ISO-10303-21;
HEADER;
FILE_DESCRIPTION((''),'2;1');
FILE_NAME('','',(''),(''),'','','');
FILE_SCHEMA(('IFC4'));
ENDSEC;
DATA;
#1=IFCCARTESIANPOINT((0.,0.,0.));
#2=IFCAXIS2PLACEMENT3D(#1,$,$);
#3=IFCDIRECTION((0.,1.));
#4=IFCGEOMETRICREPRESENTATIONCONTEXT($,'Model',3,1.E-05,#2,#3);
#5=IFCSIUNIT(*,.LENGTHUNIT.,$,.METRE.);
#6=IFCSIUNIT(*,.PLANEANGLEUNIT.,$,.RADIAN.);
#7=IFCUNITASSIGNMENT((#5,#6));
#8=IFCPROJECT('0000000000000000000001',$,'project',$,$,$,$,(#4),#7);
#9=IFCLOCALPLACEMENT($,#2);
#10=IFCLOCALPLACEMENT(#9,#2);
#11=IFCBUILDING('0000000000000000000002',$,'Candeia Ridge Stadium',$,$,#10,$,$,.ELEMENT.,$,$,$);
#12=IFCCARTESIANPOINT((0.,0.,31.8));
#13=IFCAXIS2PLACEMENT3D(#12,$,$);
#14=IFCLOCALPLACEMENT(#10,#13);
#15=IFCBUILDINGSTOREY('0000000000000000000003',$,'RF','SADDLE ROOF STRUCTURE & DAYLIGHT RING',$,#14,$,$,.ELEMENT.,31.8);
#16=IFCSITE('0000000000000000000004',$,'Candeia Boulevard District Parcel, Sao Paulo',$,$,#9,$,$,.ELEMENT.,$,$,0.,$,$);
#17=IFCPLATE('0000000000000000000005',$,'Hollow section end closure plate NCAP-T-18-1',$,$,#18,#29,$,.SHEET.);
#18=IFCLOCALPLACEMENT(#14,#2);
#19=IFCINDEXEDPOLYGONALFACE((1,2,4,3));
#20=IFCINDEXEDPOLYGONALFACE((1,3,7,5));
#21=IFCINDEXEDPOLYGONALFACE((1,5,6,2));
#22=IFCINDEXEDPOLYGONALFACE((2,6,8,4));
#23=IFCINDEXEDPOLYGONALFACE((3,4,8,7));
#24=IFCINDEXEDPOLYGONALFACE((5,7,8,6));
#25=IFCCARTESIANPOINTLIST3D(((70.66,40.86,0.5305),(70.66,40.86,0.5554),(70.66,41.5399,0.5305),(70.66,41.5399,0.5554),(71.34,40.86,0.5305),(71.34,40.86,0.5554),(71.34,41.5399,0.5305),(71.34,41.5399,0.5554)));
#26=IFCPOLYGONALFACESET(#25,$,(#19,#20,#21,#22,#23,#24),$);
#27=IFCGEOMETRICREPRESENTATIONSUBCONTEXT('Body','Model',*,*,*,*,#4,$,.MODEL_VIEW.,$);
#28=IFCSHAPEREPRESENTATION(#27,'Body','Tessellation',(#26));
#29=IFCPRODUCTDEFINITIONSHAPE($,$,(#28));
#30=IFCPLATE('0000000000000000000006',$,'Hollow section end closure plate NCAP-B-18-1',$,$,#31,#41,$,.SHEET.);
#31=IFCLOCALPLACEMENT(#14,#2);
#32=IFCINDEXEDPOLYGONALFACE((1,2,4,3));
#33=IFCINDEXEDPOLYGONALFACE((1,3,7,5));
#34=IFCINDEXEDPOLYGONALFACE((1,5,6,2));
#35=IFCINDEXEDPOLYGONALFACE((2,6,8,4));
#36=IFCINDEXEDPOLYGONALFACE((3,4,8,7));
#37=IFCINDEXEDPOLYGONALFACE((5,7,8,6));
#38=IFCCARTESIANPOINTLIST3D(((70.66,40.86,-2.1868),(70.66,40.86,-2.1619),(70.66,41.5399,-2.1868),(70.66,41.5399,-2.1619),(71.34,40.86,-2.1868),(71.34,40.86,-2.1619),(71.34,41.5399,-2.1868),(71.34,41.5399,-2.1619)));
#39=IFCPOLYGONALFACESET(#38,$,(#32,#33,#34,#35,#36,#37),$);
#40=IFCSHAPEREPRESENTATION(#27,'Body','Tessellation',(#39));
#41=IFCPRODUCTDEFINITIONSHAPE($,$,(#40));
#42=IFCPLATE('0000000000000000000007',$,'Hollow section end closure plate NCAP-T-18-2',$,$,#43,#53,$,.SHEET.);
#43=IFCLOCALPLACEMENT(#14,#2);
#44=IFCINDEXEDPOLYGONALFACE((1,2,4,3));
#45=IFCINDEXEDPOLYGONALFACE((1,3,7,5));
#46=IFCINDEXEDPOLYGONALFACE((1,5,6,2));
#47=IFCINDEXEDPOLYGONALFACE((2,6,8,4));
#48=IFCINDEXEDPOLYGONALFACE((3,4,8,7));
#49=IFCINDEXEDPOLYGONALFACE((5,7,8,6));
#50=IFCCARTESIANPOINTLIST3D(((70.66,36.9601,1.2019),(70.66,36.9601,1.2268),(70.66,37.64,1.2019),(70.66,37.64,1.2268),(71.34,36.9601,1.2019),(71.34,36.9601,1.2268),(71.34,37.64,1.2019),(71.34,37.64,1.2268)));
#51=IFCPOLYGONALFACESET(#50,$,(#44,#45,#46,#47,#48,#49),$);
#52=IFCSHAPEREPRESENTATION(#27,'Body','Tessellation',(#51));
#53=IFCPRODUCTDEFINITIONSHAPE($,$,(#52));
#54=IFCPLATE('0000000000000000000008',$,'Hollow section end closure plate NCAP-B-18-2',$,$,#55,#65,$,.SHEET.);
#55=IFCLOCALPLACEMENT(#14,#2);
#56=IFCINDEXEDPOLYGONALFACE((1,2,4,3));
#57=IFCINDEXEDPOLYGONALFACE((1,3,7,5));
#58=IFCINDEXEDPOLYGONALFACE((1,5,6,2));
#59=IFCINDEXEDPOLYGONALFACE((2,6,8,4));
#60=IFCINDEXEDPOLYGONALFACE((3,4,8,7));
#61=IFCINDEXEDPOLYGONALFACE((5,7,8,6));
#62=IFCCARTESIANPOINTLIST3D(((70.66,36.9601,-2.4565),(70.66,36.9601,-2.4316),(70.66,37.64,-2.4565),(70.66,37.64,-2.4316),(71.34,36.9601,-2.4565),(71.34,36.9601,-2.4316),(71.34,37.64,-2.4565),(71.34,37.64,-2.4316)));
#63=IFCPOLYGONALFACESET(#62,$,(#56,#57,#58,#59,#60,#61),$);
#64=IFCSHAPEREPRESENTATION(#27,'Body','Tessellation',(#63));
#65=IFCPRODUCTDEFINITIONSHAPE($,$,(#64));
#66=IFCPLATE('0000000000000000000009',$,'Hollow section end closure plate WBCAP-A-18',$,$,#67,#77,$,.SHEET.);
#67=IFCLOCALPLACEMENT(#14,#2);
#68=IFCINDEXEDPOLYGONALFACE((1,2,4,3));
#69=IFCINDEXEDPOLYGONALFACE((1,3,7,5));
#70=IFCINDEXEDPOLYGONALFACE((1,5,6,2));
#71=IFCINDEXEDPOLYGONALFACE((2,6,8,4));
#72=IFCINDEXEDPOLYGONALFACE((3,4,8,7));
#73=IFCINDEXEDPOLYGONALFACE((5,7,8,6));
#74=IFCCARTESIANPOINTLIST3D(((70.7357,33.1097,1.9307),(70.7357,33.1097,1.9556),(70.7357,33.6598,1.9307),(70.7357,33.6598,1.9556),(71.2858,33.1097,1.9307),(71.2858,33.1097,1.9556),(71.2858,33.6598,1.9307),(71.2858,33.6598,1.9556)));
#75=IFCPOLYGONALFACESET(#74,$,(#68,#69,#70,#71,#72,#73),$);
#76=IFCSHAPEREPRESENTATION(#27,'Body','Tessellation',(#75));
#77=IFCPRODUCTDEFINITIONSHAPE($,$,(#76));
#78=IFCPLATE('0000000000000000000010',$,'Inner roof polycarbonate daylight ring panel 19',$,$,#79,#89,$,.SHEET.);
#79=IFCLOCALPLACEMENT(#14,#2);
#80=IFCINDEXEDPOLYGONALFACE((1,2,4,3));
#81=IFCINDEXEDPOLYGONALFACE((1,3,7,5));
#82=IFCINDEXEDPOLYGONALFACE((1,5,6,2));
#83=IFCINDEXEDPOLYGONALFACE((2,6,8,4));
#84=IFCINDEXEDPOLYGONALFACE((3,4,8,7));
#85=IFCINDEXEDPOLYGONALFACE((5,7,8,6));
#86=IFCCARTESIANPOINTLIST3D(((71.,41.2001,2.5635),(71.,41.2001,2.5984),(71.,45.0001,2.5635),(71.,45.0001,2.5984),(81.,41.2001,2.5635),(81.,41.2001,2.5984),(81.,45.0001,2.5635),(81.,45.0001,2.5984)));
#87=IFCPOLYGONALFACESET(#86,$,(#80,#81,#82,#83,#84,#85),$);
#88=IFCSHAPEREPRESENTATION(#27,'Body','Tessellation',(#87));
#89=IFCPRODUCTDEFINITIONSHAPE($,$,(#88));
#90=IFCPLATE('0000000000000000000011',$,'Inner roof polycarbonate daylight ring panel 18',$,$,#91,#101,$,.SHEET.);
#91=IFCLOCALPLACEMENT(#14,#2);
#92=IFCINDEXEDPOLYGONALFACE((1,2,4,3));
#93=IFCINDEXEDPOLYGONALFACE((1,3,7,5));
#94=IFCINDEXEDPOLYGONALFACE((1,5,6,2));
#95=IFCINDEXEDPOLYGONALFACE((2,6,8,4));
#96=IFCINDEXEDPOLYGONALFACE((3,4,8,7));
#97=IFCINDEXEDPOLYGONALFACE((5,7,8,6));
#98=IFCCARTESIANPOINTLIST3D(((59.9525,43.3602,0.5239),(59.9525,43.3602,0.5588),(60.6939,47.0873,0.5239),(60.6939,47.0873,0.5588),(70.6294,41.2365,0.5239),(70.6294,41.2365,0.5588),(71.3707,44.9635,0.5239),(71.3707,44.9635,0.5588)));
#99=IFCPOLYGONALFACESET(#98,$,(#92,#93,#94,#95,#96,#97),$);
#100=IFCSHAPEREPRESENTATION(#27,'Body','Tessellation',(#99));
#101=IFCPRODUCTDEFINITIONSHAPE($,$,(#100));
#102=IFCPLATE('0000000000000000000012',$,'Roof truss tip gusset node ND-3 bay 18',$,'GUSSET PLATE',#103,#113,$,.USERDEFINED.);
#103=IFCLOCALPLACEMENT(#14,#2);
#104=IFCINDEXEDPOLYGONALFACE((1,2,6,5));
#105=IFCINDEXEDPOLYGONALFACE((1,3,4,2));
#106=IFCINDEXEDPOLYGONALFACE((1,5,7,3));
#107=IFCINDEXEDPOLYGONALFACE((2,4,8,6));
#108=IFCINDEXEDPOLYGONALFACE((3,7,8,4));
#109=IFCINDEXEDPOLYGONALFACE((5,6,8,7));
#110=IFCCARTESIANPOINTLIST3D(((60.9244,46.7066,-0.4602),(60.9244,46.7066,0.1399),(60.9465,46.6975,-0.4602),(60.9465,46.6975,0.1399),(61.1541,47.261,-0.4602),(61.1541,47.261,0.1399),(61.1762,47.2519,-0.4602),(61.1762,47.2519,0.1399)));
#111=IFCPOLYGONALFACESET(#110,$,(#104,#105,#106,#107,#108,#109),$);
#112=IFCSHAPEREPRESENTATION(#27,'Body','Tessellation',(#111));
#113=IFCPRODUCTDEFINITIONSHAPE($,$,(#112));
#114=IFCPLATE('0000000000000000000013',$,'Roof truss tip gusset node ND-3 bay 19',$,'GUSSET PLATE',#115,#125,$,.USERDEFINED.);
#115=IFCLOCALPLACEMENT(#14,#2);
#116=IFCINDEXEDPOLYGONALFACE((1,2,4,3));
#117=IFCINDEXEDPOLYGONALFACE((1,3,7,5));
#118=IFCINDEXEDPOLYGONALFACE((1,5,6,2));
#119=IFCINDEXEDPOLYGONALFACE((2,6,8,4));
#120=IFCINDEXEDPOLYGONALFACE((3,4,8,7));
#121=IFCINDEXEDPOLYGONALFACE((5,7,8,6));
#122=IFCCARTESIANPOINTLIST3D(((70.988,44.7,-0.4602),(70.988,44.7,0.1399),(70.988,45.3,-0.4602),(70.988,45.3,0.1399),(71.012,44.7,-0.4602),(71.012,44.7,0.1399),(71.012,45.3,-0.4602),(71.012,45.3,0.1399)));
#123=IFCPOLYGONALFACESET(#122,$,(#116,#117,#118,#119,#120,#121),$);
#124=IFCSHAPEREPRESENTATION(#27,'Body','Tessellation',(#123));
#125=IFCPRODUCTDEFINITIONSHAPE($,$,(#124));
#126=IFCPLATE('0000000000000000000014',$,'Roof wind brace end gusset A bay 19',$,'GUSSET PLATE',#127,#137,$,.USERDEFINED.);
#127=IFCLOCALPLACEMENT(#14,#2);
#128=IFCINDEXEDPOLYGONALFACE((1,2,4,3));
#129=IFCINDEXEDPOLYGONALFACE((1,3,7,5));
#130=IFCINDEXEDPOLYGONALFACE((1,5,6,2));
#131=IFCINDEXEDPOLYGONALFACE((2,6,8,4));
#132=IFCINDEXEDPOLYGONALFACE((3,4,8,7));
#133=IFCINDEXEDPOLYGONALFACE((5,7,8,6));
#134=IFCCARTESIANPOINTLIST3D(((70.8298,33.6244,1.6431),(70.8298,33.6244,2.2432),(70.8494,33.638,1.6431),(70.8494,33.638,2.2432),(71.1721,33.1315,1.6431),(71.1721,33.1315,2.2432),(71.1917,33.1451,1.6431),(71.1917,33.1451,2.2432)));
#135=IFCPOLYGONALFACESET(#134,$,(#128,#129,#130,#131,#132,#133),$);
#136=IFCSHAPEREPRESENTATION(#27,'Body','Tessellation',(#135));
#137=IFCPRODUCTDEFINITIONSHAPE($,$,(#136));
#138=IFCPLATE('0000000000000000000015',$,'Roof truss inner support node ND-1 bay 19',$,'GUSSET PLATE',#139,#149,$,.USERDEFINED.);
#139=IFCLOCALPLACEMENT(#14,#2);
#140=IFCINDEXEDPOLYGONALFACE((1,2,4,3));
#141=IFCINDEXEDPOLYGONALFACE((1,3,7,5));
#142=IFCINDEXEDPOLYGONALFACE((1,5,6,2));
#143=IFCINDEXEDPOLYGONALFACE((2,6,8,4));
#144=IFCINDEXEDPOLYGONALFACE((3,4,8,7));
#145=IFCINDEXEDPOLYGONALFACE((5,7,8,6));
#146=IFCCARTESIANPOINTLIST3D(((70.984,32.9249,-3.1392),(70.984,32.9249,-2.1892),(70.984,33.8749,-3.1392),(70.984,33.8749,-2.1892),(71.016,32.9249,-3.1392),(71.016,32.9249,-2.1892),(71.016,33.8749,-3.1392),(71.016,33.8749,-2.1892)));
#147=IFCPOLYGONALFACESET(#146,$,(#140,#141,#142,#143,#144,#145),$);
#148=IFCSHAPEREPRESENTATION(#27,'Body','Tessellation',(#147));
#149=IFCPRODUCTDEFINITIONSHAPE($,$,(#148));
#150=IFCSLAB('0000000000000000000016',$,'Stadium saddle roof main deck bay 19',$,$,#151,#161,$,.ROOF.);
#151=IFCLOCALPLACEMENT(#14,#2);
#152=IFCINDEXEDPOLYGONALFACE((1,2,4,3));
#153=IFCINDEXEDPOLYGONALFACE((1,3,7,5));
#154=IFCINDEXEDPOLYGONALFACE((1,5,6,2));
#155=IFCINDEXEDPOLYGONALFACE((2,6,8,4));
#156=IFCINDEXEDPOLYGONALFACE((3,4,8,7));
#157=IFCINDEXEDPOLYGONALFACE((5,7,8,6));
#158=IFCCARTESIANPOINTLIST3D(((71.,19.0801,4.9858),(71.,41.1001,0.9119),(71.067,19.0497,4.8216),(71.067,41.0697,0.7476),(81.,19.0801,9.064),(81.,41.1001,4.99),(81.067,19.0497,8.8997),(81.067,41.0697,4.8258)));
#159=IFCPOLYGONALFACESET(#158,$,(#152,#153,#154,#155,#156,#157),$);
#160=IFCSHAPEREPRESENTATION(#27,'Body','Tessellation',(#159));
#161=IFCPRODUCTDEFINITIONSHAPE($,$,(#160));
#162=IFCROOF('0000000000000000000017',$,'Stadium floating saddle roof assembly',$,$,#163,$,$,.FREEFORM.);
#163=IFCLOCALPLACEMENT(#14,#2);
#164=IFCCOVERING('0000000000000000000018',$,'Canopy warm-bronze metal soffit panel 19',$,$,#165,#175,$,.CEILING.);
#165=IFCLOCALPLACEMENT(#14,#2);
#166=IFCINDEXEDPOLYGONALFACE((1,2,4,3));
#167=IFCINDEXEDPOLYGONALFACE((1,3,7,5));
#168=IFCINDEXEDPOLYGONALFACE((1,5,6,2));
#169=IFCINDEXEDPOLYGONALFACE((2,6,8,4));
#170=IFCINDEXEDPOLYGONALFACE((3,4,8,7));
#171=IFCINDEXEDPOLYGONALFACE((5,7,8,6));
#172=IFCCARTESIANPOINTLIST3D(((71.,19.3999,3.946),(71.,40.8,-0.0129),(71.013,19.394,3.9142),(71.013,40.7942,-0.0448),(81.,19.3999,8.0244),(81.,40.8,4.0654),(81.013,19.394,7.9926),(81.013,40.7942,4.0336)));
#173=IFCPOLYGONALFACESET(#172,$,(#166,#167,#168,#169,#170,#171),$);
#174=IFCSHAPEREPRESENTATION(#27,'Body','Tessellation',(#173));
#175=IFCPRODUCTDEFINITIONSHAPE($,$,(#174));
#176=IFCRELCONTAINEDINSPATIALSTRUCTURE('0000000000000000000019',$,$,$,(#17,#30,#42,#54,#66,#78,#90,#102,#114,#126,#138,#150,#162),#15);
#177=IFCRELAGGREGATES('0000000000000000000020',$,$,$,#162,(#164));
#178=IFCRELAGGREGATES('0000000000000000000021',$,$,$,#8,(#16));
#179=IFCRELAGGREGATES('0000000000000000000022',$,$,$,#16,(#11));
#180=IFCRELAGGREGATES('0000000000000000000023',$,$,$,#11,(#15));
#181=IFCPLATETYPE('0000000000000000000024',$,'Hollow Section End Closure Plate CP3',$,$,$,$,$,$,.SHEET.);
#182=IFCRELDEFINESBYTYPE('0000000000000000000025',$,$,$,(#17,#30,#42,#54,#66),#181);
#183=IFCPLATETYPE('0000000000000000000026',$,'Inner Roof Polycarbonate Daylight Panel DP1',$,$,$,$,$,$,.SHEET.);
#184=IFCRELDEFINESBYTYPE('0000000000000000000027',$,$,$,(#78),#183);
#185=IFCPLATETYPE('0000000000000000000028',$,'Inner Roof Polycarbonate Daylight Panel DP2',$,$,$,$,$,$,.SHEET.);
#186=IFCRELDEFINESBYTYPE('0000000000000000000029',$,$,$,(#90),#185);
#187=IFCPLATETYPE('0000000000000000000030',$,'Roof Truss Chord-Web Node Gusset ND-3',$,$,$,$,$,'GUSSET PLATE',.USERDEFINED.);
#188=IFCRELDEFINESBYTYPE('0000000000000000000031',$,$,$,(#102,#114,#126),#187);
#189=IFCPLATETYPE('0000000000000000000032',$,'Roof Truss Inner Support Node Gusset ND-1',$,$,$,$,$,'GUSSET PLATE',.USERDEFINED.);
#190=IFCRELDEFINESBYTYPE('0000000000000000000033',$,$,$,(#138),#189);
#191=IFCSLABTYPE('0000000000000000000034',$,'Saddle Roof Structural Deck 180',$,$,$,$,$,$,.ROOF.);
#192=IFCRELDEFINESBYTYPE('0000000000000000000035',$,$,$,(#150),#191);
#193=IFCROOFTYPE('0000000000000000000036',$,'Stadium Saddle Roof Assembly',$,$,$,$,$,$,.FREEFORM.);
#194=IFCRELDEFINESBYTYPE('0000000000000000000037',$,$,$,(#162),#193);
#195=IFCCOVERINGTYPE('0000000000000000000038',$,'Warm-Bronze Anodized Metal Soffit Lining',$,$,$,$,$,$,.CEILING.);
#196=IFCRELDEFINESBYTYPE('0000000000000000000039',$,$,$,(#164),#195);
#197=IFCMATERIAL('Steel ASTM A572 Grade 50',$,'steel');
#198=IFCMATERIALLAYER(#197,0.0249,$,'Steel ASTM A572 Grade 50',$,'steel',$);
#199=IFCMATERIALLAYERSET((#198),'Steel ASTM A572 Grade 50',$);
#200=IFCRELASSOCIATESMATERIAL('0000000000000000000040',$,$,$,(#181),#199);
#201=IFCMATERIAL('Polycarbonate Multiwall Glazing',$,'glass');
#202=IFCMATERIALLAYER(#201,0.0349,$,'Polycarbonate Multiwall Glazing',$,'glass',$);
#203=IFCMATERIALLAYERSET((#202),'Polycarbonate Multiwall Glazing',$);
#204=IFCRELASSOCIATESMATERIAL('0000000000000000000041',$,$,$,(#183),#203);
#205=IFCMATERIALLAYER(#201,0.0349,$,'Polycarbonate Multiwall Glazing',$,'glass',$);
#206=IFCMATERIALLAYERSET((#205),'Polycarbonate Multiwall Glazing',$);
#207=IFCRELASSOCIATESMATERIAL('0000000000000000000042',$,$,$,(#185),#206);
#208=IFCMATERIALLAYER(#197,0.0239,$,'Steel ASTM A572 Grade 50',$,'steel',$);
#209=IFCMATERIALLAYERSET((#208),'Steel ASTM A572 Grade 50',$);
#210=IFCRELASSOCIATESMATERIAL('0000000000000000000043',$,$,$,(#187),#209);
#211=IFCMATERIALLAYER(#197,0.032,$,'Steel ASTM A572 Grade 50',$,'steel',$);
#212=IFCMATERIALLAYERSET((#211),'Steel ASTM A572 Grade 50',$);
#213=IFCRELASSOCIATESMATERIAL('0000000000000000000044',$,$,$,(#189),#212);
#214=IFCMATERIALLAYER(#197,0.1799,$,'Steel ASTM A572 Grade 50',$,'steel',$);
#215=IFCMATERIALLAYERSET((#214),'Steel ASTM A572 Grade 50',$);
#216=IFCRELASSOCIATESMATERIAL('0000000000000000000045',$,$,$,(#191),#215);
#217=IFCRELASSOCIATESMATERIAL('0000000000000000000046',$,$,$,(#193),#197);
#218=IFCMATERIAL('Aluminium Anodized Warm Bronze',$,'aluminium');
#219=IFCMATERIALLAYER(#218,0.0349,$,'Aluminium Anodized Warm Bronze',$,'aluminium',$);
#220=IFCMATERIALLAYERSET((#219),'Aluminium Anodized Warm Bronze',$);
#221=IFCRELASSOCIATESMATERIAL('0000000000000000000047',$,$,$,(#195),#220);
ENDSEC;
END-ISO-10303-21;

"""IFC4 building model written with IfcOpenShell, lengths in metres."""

from ifc_helpers import new_model, si_unit, direction, frame, origin, origin_2d, place, context, subcontext, project, spatial, polyline, rectangle, outline, extrude, material, layer, layer_set, type_object, element, aggregate, save


model = new_model("IFC4")

# Units and contexts
model_context = context("Model", 3, precision=1e-05, world=origin(), true_north=direction((0.0, 1.0)))
body_context = subcontext(model_context, "Body", "Model", "MODEL_VIEW")
ifc_project = project(units=[si_unit("LENGTHUNIT", "METRE"), si_unit("PLANEANGLEUNIT", "RADIAN")], contexts=[model_context])

# Site, building, storey
site_placement = place(None, origin())
site = spatial("IfcSite", under=ifc_project, at=site_placement, Name="Candeia Boulevard District Parcel, Sao Paulo", CompositionType="ELEMENT", RefElevation=0.0)
building_placement = place(site_placement, origin())
building = spatial("IfcBuilding", under=site, at=building_placement, Name="Candeia Ridge Stadium", CompositionType="ELEMENT")
storey_placement = place(building_placement, frame((0.0, 0.0, 31.8)))
storey = spatial("IfcBuildingStorey", under=building, at=storey_placement, Name="RF", Description="SADDLE ROOF STRUCTURE & DAYLIGHT RING", CompositionType="ELEMENT", Elevation=31.8)

# Shared definitions
ifc_material_1 = material(Name="Steel ASTM A572 Grade 50", Category="steel")

# Plates
ifc_layer_1 = layer(ifc_material_1, 0.0249, Name="Steel ASTM A572 Grade 50", Category="steel")
ifc_layer_set_1 = layer_set([ifc_layer_1], Name="Steel ASTM A572 Grade 50")
plate_type_1 = type_object("IfcPlateType", Name="Hollow Section End Closure Plate CP3", PredefinedType="SHEET", material=ifc_layer_set_1)
for number, where, z_axis, x_axis, name in (
    (1, (71.0, 41.2, 0.5305), (0.0, 0.0, 1.0), (1.0, 0.0, 0.0), "Hollow section end closure plate NCAP-T-18-1"),
    (2, (71.0, 41.2, -2.1868), (0.0, 0.0, 1.0), (1.0, 0.0, 0.0), "Hollow section end closure plate NCAP-B-18-1"),
    (3, (71.0, 37.3, 1.2019), (0.0, 0.0, 1.0), (1.0, 0.0, 0.0), "Hollow section end closure plate NCAP-T-18-2"),
    (4, (71.0, 37.3, -2.4565), (0.0, 0.0, 1.0), (1.0, 0.0, 0.0), "Hollow section end closure plate NCAP-B-18-2"),
):
    element("IfcPlate", number, at=place(storey_placement, frame(where, z_axis=z_axis, x_axis=x_axis)), inside=storey, type_object=plate_type_1, Name=name, PredefinedType="SHEET", context=body_context, shape_type="SweptSolid", body=[
        extrude(rectangle(XDim=0.6799, YDim=0.6799, at=origin_2d()), origin(), (0.0, 0.0, 1.0), 0.0249),
    ])
plate_1_placement = place(storey_placement, frame((71.0107, 33.3848, 1.9307), z_axis=(0.0, 0.0, 1.0), x_axis=(1.0, 0.0, 0.0)))
element("IfcPlate", 5, at=plate_1_placement, inside=storey, type_object=plate_type_1, Name="Hollow section end closure plate WBCAP-A-18", PredefinedType="SHEET", context=body_context, shape_type="SweptSolid", body=[
    extrude(rectangle(XDim=0.55, YDim=0.55, at=origin_2d()), origin(), (0.0, 0.0, 1.0), 0.0249),
])
ifc_material_2 = material(Name="Polycarbonate Multiwall Glazing", Category="glass")
ifc_layer_2 = layer(ifc_material_2, 0.0349, Name="Polycarbonate Multiwall Glazing", Category="glass")
ifc_layer_set_2 = layer_set([ifc_layer_2], Name="Polycarbonate Multiwall Glazing")
plate_type_2 = type_object("IfcPlateType", Name="Inner Roof Polycarbonate Daylight Panel DP1", PredefinedType="SHEET", material=ifc_layer_set_2)
plate_2_placement = place(storey_placement, frame((76.0, 43.1001, 2.5635), z_axis=(0.0, 0.0, 1.0), x_axis=(1.0, 0.0, 0.0)))
element("IfcPlate", 6, at=plate_2_placement, inside=storey, type_object=plate_type_2, Name="Inner roof polycarbonate daylight ring panel 19", PredefinedType="SHEET", context=body_context, shape_type="SweptSolid", body=[
    extrude(rectangle(XDim=10.0, YDim=3.8, at=origin_2d()), origin(), (0.0, 0.0, 1.0), 0.0349),
])
ifc_layer_3 = layer(ifc_material_2, 0.0349, Name="Polycarbonate Multiwall Glazing", Category="glass")
ifc_layer_set_3 = layer_set([ifc_layer_3], Name="Polycarbonate Multiwall Glazing")
plate_type_3 = type_object("IfcPlateType", Name="Inner Roof Polycarbonate Daylight Panel DP2", PredefinedType="SHEET", material=ifc_layer_set_3)
plate_3_placement = place(storey_placement, frame((65.6616, 44.1619, 0.5239), z_axis=(0.0, 0.0, 1.0), x_axis=(0.980785, -0.19509, 0.0)))
element("IfcPlate", 7, at=plate_3_placement, inside=storey, type_object=plate_type_3, Name="Inner roof polycarbonate daylight ring panel 18", PredefinedType="SHEET", context=body_context, shape_type="SweptSolid", body=[
    extrude(rectangle(XDim=10.886, YDim=3.8, at=origin_2d()), origin(), (0.0, 0.0, 1.0), 0.0349),
])
ifc_layer_4 = layer(ifc_material_1, 0.0239, Name="Steel ASTM A572 Grade 50", Category="steel")
ifc_layer_set_4 = layer_set([ifc_layer_4], Name="Steel ASTM A572 Grade 50")
plate_type_4 = type_object("IfcPlateType", Name="Roof Truss Chord-Web Node Gusset ND-3", ElementType="GUSSET PLATE", PredefinedType="USERDEFINED", material=ifc_layer_set_4)
for number, where, z_axis, x_axis, name in (
    (8, (61.0503, 46.9792, -0.4602), (0.0, 0.0, 1.0), (-0.382683, -0.92388, 0.0), "Roof truss tip gusset node ND-3 bay 18"),
    (9, (71.0, 45.0, -0.4602), (0.0, 0.0, 1.0), (0.0, -1.0, 0.0), "Roof truss tip gusset node ND-3 bay 19"),
    (10, (71.0107, 33.3848, 1.6431), (0.0, 0.0, 1.0), (0.570395, -0.82137, 0.0), "Roof wind brace end gusset A bay 19"),
):
    element("IfcPlate", number, at=place(storey_placement, frame(where, z_axis=z_axis, x_axis=x_axis)), inside=storey, type_object=plate_type_4, Name=name, ObjectType="GUSSET PLATE", PredefinedType="USERDEFINED", context=body_context, shape_type="SweptSolid", body=[
        extrude(rectangle(XDim=0.6001, YDim=0.0239, at=origin_2d()), origin(), (0.0, 0.0, 1.0), 0.6001),
    ])
ifc_layer_5 = layer(ifc_material_1, 0.032, Name="Steel ASTM A572 Grade 50", Category="steel")
ifc_layer_set_5 = layer_set([ifc_layer_5], Name="Steel ASTM A572 Grade 50")
plate_type_5 = type_object("IfcPlateType", Name="Roof Truss Inner Support Node Gusset ND-1", ElementType="GUSSET PLATE", PredefinedType="USERDEFINED", material=ifc_layer_set_5)
plate_4_placement = place(storey_placement, frame((71.0, 33.3999, -3.1392), z_axis=(0.0, 0.0, 1.0), x_axis=(0.0, -1.0, 0.0)))
element("IfcPlate", 11, at=plate_4_placement, inside=storey, type_object=plate_type_5, Name="Roof truss inner support node ND-1 bay 19", ObjectType="GUSSET PLATE", PredefinedType="USERDEFINED", context=body_context, shape_type="SweptSolid", body=[
    extrude(rectangle(XDim=0.95, YDim=0.032, at=origin_2d()), origin(), (0.0, 0.0, 1.0), 0.95),
])

# Slab
ifc_layer_6 = layer(ifc_material_1, 0.1799, Name="Steel ASTM A572 Grade 50", Category="steel")
ifc_layer_set_6 = layer_set([ifc_layer_6], Name="Steel ASTM A572 Grade 50")
slab_type = type_object("IfcSlabType", Name="Saddle Roof Structural Deck 180", PredefinedType="ROOF", material=ifc_layer_set_6)
slab_placement = place(storey_placement, frame((71.0, 41.1001, 0.9119), z_axis=(-0.372196, 0.168854, 0.912665), x_axis=(0.925961, 0.0, 0.377619)))
element("IfcSlab", 12, at=slab_placement, inside=storey, type_object=slab_type, Name="Stadium saddle roof main deck bay 19", PredefinedType="ROOF", context=body_context, shape_type="SweptSolid", body=[
    extrude(outline(polyline([(0.0, 0.0), (10.7996, 0.0), (12.338, -22.3408), (1.5384, -22.3408), (0.0, 0.0)])), origin(), (0.0, 0.0, -1.0), 0.1799),
])

# Roof, covering
roof_type = type_object("IfcRoofType", Name="Stadium Saddle Roof Assembly", PredefinedType="FREEFORM", material=ifc_material_1)
roof_placement = place(storey_placement, origin())
roof = element("IfcRoof", 13, at=roof_placement, inside=storey, type_object=roof_type, Name="Stadium floating saddle roof assembly", PredefinedType="FREEFORM")
ifc_material_3 = material(Name="Aluminium Anodized Warm Bronze", Category="aluminium")
ifc_layer_7 = layer(ifc_material_3, 0.0349, Name="Aluminium Anodized Warm Bronze", Category="aluminium")
ifc_layer_set_7 = layer_set([ifc_layer_7], Name="Aluminium Anodized Warm Bronze")
covering_type = type_object("IfcCoveringType", Name="Warm-Bronze Anodized Metal Soffit Lining", PredefinedType="CEILING", material=ifc_layer_set_7)
covering_placement = place(storey_placement, frame((71.0, 40.8, -0.0129), z_axis=(-0.372216, 0.16884, 0.91266), x_axis=(0.925953, 0.0, 0.377638)))
covering = element("IfcCovering", 14, at=covering_placement, type_object=covering_type, Name="Canopy warm-bronze metal soffit panel 19", PredefinedType="CEILING", context=body_context, shape_type="SweptSolid", body=[
    extrude(outline(polyline([(0.0, 0.0), (10.7997, 0.0), (12.2947, -21.7119), (1.4951, -21.7119), (0.0, 0.0)])), origin(), (0.0, 0.0, -1.0), 0.0349),
])
aggregate(roof, [covering])

save(model, "model.ifc")
